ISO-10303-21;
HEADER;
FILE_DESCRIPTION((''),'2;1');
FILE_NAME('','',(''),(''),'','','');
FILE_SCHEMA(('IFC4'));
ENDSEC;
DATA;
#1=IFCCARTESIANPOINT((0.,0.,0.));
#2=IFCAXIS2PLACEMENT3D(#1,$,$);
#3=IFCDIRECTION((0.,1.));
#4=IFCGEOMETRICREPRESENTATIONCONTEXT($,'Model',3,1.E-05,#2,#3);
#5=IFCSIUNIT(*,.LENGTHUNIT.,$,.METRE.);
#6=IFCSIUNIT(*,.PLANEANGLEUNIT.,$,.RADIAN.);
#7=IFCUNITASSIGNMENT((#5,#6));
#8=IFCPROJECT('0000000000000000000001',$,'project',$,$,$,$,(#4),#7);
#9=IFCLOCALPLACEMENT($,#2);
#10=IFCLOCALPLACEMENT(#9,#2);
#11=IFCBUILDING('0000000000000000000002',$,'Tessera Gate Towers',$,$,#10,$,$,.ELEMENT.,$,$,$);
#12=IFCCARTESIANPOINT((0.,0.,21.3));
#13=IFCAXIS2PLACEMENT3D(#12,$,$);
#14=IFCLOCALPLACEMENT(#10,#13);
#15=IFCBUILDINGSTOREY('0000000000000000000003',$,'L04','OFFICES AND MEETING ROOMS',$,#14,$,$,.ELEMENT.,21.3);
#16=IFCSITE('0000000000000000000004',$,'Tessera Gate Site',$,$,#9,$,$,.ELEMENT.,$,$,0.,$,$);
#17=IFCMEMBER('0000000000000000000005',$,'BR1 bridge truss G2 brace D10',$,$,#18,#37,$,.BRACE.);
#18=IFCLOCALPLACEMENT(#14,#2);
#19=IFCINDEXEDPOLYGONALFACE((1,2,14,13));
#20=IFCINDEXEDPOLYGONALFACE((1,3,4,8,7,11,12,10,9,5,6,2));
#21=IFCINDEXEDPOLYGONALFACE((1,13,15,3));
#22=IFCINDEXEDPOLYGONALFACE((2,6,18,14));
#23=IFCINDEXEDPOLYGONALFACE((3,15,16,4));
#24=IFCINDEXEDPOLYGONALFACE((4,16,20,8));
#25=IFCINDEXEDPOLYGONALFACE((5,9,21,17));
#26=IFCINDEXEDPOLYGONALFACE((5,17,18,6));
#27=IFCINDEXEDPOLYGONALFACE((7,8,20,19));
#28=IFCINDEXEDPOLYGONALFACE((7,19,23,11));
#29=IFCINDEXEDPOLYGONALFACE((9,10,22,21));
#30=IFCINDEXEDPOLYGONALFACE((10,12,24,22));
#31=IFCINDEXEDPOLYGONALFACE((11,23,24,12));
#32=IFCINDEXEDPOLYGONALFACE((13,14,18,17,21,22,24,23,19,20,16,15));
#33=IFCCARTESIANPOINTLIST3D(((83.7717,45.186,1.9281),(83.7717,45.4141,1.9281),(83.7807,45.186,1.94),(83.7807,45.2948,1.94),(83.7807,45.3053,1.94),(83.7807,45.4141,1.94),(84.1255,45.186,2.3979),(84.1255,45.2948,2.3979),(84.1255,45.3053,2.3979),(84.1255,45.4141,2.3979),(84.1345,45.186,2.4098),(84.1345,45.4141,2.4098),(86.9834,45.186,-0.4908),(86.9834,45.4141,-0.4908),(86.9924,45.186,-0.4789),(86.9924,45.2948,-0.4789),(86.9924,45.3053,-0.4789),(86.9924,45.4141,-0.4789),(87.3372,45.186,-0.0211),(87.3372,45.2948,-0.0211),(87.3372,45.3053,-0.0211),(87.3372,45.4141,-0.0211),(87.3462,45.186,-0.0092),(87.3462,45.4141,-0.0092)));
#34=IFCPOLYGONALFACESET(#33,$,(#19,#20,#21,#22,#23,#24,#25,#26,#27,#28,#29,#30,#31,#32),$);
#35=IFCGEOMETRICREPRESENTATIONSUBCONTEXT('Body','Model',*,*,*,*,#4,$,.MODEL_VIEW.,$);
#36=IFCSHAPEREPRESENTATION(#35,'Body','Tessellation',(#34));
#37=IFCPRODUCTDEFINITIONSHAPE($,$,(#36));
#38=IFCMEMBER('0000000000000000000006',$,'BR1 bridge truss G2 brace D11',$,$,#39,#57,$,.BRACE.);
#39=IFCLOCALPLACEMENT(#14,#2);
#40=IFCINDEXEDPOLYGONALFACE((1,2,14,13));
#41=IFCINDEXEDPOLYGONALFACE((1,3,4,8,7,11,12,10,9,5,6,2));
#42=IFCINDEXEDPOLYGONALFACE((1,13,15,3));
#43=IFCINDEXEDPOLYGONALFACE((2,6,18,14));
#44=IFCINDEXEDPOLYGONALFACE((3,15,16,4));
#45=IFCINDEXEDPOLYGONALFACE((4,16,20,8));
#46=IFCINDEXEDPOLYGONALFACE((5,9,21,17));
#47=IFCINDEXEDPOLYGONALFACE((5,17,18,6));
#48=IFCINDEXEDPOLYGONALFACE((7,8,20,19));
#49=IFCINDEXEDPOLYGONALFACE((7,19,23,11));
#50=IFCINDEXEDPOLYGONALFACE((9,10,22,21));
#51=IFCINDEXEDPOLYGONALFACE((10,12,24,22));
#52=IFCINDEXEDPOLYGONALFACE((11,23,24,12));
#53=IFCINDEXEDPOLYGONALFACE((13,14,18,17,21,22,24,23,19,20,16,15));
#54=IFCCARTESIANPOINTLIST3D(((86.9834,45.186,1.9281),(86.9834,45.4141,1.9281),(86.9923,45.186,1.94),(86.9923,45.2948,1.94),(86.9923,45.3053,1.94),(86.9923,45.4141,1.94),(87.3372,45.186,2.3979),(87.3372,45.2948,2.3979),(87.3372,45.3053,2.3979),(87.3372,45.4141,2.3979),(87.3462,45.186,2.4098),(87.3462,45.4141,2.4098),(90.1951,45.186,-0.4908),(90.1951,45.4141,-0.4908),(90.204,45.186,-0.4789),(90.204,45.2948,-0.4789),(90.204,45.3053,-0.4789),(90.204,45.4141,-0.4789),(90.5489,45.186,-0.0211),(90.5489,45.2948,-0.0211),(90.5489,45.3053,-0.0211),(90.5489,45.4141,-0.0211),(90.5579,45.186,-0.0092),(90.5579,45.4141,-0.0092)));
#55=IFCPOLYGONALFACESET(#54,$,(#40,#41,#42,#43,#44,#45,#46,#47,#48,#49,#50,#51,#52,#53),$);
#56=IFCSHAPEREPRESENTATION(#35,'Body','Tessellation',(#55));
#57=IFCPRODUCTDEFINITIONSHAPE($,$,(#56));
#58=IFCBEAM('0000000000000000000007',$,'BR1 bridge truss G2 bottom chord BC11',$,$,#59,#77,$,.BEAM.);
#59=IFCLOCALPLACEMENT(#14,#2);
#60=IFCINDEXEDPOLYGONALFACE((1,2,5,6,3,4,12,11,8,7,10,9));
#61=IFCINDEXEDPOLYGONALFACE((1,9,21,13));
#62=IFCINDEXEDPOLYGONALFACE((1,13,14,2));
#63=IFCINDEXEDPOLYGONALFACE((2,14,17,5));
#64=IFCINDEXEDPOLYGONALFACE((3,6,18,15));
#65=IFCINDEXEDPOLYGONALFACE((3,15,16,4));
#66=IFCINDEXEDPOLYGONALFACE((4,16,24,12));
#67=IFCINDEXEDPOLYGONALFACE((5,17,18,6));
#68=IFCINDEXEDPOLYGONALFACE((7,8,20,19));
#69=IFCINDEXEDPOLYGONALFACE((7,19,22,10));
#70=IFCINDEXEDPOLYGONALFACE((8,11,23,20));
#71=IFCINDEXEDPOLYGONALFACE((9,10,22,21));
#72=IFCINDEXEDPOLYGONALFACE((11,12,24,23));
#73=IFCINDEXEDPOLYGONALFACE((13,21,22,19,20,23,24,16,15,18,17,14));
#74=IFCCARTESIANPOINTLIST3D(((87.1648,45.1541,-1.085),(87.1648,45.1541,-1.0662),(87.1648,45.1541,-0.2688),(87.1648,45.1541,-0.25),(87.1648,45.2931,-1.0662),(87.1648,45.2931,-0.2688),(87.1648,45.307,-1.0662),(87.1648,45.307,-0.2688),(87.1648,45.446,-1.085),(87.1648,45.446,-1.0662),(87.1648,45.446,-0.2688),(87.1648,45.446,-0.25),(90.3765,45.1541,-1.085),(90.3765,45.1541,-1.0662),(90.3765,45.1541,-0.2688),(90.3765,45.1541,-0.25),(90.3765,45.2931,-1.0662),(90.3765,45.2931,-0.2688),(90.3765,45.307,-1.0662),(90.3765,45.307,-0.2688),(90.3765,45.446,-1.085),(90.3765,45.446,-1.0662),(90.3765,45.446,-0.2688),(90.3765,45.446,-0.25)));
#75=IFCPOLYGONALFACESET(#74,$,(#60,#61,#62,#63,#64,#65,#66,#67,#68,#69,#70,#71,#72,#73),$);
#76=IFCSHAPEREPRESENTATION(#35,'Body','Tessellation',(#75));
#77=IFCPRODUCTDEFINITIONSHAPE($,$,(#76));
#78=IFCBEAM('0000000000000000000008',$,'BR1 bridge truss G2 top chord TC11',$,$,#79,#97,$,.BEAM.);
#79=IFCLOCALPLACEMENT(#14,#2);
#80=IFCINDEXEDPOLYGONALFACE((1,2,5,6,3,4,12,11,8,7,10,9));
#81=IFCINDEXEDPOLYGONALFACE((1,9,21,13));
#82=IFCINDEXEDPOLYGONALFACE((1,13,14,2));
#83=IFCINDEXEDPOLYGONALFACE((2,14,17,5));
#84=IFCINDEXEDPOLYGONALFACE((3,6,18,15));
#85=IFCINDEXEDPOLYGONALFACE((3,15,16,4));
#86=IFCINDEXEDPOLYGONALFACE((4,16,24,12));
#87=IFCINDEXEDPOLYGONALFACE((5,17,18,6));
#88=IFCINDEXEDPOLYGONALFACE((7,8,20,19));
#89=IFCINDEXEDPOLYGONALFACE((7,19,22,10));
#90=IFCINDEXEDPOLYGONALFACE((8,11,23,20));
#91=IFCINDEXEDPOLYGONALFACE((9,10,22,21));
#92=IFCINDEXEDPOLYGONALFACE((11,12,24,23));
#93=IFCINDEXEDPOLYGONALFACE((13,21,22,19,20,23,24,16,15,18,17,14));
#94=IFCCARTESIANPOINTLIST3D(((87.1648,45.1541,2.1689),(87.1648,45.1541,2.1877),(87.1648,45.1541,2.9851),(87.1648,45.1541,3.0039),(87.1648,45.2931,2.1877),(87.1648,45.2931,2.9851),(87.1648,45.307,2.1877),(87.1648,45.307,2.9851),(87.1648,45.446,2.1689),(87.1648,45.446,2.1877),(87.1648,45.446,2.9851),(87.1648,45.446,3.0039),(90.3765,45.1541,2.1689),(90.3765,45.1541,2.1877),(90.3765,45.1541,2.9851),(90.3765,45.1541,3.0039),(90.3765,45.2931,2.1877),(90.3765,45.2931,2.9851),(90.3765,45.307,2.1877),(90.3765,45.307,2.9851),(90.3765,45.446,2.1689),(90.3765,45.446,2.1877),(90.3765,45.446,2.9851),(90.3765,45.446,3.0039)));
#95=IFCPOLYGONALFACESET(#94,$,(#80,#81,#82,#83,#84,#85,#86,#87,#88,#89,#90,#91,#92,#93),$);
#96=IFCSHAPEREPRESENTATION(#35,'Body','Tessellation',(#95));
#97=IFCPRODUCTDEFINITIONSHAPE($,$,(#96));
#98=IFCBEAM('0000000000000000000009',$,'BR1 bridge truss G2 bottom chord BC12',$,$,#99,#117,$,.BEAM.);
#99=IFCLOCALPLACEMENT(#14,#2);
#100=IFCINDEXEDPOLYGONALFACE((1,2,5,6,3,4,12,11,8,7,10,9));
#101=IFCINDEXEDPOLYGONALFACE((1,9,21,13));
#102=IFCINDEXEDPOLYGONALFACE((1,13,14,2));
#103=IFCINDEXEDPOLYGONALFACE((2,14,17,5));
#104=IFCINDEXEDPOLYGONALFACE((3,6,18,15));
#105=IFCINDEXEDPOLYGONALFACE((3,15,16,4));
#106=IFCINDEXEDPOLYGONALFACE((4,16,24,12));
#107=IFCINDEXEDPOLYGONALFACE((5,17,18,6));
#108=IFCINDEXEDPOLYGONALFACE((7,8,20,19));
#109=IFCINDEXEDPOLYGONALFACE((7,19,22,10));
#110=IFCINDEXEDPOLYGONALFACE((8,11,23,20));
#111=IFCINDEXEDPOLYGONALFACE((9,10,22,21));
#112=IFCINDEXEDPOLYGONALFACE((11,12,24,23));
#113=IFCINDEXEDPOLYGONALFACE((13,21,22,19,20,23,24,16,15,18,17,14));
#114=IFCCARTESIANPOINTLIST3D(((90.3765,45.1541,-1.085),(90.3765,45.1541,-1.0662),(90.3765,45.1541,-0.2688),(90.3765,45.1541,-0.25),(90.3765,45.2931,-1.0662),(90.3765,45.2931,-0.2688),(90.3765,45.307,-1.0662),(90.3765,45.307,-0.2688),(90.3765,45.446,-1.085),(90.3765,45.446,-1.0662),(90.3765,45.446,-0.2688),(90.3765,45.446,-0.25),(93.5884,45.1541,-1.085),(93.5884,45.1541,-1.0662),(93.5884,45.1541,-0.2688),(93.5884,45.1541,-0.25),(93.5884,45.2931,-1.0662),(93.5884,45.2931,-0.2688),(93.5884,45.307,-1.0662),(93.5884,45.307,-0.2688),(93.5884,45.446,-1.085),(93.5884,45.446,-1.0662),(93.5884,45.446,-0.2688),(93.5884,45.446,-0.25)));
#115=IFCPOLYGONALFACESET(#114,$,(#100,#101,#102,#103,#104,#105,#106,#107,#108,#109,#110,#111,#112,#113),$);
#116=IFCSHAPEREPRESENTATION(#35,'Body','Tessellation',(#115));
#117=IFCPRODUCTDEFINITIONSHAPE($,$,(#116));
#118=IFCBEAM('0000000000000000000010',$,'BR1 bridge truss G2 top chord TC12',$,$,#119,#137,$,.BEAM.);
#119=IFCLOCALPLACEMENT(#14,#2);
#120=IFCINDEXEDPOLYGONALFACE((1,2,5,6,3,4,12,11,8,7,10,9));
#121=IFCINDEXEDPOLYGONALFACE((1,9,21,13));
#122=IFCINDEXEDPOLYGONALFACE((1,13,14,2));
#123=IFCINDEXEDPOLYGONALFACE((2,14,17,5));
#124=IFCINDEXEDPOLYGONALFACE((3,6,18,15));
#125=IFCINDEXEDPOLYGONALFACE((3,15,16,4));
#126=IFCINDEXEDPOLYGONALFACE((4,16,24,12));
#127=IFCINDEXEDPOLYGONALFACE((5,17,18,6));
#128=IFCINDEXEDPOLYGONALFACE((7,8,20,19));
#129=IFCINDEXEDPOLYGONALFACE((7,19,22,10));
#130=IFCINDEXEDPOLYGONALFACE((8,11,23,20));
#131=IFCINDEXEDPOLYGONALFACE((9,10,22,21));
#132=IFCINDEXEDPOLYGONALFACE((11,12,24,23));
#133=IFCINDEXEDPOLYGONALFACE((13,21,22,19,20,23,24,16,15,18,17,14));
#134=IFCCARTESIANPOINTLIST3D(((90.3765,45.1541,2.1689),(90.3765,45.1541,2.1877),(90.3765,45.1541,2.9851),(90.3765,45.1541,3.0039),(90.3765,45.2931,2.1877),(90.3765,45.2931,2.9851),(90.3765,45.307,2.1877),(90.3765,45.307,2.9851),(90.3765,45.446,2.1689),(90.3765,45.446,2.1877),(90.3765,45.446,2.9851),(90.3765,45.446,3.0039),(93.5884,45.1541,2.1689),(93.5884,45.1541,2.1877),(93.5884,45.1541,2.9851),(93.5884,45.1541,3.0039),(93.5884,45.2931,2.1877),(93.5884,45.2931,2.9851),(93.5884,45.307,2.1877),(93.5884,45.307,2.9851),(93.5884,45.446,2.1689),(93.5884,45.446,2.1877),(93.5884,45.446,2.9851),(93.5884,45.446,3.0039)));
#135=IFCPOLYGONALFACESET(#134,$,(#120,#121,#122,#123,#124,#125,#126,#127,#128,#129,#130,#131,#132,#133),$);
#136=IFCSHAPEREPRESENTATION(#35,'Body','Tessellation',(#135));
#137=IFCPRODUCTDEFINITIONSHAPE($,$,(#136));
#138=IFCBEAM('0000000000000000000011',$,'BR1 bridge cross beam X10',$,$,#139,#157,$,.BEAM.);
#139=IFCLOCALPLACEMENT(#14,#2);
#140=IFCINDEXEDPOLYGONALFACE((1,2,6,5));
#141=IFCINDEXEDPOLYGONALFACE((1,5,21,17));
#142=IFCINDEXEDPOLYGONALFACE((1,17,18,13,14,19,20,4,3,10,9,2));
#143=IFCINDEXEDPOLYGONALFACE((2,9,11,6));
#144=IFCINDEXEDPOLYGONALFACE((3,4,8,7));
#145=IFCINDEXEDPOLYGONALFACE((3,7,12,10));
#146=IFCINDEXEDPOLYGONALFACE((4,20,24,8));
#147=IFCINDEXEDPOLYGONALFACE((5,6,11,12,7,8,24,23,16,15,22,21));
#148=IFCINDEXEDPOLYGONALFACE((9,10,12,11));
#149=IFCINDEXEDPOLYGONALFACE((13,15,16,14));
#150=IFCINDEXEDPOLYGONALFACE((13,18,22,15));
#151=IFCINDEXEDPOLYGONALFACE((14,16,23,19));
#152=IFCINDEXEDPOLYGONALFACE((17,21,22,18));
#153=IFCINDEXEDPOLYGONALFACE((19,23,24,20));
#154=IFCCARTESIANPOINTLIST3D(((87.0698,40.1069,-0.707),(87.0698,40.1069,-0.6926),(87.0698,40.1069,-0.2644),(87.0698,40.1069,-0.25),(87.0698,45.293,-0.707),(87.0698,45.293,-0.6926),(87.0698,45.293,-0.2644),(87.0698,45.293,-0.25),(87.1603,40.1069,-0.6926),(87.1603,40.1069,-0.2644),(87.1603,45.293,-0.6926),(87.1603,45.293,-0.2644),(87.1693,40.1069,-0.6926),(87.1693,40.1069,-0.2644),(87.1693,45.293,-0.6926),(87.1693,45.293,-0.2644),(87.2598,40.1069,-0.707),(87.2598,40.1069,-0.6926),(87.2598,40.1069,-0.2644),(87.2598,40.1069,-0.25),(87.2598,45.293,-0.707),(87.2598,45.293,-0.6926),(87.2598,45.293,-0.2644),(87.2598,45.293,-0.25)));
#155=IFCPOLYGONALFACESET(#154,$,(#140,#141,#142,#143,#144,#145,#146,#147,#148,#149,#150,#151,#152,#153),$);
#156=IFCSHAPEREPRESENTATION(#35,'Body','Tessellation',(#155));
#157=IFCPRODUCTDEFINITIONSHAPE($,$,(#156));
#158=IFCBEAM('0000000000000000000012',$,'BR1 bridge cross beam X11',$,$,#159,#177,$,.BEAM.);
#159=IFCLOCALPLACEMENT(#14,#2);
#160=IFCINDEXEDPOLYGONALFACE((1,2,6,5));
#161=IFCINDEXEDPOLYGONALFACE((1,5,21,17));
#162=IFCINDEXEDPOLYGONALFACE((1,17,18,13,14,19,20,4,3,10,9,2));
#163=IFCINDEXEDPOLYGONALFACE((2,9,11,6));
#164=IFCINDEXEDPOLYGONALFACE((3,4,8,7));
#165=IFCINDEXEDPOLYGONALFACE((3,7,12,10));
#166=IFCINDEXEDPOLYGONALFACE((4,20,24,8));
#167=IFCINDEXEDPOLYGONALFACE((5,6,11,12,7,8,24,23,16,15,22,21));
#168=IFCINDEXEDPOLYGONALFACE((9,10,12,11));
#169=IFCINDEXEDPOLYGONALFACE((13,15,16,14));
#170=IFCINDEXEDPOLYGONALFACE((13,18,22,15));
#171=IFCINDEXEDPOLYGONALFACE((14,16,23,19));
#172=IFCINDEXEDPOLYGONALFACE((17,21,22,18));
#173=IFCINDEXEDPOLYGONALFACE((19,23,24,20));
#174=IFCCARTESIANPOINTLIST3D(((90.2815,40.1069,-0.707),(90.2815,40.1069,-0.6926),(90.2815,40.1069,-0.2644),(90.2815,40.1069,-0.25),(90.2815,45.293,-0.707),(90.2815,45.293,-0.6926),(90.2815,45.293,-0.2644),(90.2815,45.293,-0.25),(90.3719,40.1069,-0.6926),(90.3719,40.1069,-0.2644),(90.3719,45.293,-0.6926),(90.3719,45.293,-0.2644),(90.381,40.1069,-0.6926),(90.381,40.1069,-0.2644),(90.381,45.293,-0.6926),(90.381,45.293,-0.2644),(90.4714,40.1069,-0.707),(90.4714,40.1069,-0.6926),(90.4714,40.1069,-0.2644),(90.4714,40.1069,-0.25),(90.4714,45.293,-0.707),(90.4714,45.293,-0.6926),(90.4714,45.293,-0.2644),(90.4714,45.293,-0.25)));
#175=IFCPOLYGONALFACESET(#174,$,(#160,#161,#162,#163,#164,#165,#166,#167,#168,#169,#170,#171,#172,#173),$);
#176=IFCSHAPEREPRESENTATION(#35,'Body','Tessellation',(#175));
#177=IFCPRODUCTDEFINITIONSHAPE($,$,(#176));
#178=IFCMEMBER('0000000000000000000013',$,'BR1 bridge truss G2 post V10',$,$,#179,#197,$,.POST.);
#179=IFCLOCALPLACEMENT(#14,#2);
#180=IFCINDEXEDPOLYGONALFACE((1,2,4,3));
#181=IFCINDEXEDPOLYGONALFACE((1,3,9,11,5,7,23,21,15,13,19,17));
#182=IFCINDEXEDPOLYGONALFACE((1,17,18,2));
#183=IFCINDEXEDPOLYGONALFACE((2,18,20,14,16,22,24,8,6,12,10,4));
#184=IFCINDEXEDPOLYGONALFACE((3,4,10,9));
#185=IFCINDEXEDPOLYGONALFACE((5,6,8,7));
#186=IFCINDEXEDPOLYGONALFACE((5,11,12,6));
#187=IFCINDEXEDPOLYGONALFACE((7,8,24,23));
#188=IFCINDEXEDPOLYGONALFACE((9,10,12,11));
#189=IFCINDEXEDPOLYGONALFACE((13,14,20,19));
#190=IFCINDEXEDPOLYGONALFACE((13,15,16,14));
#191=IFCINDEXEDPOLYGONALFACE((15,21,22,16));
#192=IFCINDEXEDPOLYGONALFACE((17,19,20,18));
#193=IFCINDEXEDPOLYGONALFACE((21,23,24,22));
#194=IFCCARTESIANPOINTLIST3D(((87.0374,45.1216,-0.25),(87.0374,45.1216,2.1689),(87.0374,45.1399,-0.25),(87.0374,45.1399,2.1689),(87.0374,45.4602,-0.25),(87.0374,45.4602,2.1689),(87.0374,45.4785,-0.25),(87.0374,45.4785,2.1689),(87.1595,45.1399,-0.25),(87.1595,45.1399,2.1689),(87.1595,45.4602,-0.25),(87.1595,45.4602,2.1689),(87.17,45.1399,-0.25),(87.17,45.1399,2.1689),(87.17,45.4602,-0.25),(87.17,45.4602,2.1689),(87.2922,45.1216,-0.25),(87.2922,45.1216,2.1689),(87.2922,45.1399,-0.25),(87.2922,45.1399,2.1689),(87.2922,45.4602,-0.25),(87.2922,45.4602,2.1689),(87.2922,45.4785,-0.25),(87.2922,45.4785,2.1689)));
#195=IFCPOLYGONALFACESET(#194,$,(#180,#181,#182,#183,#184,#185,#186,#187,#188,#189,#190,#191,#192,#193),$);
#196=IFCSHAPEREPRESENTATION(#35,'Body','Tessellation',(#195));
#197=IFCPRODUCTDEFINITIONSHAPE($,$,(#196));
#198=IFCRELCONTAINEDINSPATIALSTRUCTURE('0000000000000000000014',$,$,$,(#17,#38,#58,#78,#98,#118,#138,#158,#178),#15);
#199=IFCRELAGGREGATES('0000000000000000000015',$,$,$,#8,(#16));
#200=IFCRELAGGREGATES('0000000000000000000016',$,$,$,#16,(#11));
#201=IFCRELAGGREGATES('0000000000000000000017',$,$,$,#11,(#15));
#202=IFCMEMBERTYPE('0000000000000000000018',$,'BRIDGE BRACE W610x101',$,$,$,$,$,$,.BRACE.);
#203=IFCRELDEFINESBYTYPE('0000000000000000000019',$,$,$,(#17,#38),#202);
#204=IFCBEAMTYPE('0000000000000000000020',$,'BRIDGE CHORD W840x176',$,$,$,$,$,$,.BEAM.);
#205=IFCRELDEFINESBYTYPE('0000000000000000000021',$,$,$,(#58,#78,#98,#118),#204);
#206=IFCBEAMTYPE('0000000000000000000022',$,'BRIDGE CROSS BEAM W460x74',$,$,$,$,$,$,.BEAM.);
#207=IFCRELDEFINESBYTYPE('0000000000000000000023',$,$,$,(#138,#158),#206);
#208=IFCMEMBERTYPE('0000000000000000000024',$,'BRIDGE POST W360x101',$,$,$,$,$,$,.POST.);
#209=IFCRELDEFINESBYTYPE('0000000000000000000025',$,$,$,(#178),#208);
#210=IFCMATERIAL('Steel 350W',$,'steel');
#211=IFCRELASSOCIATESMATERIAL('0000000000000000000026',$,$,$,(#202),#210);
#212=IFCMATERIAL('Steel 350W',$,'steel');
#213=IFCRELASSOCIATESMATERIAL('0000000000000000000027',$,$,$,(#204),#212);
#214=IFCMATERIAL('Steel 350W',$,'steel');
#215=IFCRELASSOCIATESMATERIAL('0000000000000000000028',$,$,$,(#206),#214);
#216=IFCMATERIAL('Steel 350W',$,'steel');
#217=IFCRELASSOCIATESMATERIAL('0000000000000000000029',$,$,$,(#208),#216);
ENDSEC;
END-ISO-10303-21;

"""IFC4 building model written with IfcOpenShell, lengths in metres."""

from ifc_helpers import new_model, si_unit, direction, frame, origin, origin_2d, place, context, subcontext, project, spatial, i_section, extrude, material, material_profile, profile_set, type_object, element, save


model = new_model("IFC4")

# Units and contexts
model_context = context("Model", 3, precision=1e-05, world=origin(), true_north=direction((0.0, 1.0)))
body_context = subcontext(model_context, "Body", "Model", "MODEL_VIEW")
ifc_project = project(units=[si_unit("LENGTHUNIT", "METRE"), si_unit("PLANEANGLEUNIT", "RADIAN")], contexts=[model_context])

# Site, building, storey
site_placement = place(None, origin())
site = spatial("IfcSite", under=ifc_project, at=site_placement, Name="Tessera Gate Site", CompositionType="ELEMENT", RefElevation=0.0)
building_placement = place(site_placement, origin())
building = spatial("IfcBuilding", under=site, at=building_placement, Name="Tessera Gate Towers", CompositionType="ELEMENT")
storey_placement = place(building_placement, frame((0.0, 0.0, 21.3)))
storey = spatial("IfcBuildingStorey", under=building, at=storey_placement, Name="L04", Description="OFFICES AND MEETING ROOMS", CompositionType="ELEMENT", Elevation=21.3)

# Members
ifc_material_1 = material(Name="Steel 350W", Category="steel")
ifc_material_profile_1 = material_profile(ifc_material_1, i_section(OverallWidth=0.228, OverallDepth=0.603, WebThickness=0.0105, FlangeThickness=0.0149, at=origin_2d()), Name="W610x101")
ifc_profile_set_1 = profile_set([ifc_material_profile_1], Name="Steel 350W")
member_type_1 = type_object("IfcMemberType", Name="BRIDGE BRACE W610x101", PredefinedType="BRACE", material=ifc_profile_set_1)
for number, where, z_axis, x_axis, name in (
    (1, (87.1648, 45.3, -0.25), (-0.798782, 0.0, 0.601621), (0.0, -1.0, 0.0), "BR1 bridge truss G2 brace D10"),
    (2, (90.3765, 45.3, -0.25), (-0.798782, 0.0, 0.601621), (0.0, -1.0, 0.0), "BR1 bridge truss G2 brace D11"),
):
    element("IfcMember", number, at=place(storey_placement, frame(where, z_axis=z_axis, x_axis=x_axis)), inside=storey, type_object=member_type_1, Name=name, PredefinedType="BRACE", context=body_context, shape_type="SweptSolid", body=[
        extrude(i_section(OverallWidth=0.228, OverallDepth=0.603, WebThickness=0.0105, FlangeThickness=0.0149, at=origin_2d()), origin(), (0.0, 0.0, 1.0), 4.0208),
    ])

# Beams
ifc_material_2 = material(Name="Steel 350W", Category="steel")
ifc_material_profile_2 = material_profile(ifc_material_2, i_section(OverallWidth=0.292, OverallDepth=0.835, WebThickness=0.0139, FlangeThickness=0.0188, at=origin_2d()), Name="W840x176")
ifc_profile_set_2 = profile_set([ifc_material_profile_2], Name="Steel 350W")
beam_type_1 = type_object("IfcBeamType", Name="BRIDGE CHORD W840x176", PredefinedType="BEAM", material=ifc_profile_set_2)
for number, where, z_axis, x_axis, name in (
    (3, (87.1648, 45.3, -0.6675), (1.0, 0.0, 0.0), (0.0, 1.0, 0.0), "BR1 bridge truss G2 bottom chord BC11"),
    (4, (87.1648, 45.3, 2.5864), (1.0, 0.0, 0.0), (0.0, 1.0, 0.0), "BR1 bridge truss G2 top chord TC11"),
):
    element("IfcBeam", number, at=place(storey_placement, frame(where, z_axis=z_axis, x_axis=x_axis)), inside=storey, type_object=beam_type_1, Name=name, PredefinedType="BEAM", context=body_context, shape_type="SweptSolid", body=[
        extrude(i_section(OverallWidth=0.292, OverallDepth=0.835, WebThickness=0.0139, FlangeThickness=0.0188, at=origin_2d()), origin(), (0.0, 0.0, 1.0), 3.2117),
    ])
for number, where, z_axis, x_axis, name in (
    (5, (90.3765, 45.3, -0.6675), (1.0, 0.0, 0.0), (0.0, 1.0, 0.0), "BR1 bridge truss G2 bottom chord BC12"),
    (6, (90.3765, 45.3, 2.5864), (1.0, 0.0, 0.0), (0.0, 1.0, 0.0), "BR1 bridge truss G2 top chord TC12"),
):
    element("IfcBeam", number, at=place(storey_placement, frame(where, z_axis=z_axis, x_axis=x_axis)), inside=storey, type_object=beam_type_1, Name=name, PredefinedType="BEAM", context=body_context, shape_type="SweptSolid", body=[
        extrude(i_section(OverallWidth=0.292, OverallDepth=0.835, WebThickness=0.0139, FlangeThickness=0.0188, at=origin_2d()), origin(), (0.0, 0.0, 1.0), 3.2119),
    ])
ifc_material_3 = material(Name="Steel 350W", Category="steel")
ifc_material_profile_3 = material_profile(ifc_material_3, i_section(OverallWidth=0.1899, OverallDepth=0.457, WebThickness=0.009, FlangeThickness=0.0144, at=origin_2d()), Name="W460x74")
ifc_profile_set_3 = profile_set([ifc_material_profile_3], Name="Steel 350W")
beam_type_2 = type_object("IfcBeamType", Name="BRIDGE CROSS BEAM W460x74", PredefinedType="BEAM", material=ifc_profile_set_3)
for number, where, z_axis, x_axis, name in (
    (7, (87.1648, 40.1069, -0.4785), (0.0, 1.0, 0.0), (-1.0, 0.0, 0.0), "BR1 bridge cross beam X10"),
    (8, (90.3765, 40.1069, -0.4785), (0.0, 1.0, 0.0), (-1.0, 0.0, 0.0), "BR1 bridge cross beam X11"),
):
    element("IfcBeam", number, at=place(storey_placement, frame(where, z_axis=z_axis, x_axis=x_axis)), inside=storey, type_object=beam_type_2, Name=name, PredefinedType="BEAM", context=body_context, shape_type="SweptSolid", body=[
        extrude(i_section(OverallWidth=0.1899, OverallDepth=0.457, WebThickness=0.009, FlangeThickness=0.0144, at=origin_2d()), origin(), (0.0, 0.0, 1.0), 5.186),
    ])

# Member
ifc_material_4 = material(Name="Steel 350W", Category="steel")
ifc_material_profile_4 = material_profile(ifc_material_4, i_section(OverallWidth=0.2549, OverallDepth=0.3569, WebThickness=0.0105, FlangeThickness=0.0183, at=origin_2d()), Name="W360x101")
ifc_profile_set_4 = profile_set([ifc_material_profile_4], Name="Steel 350W")
member_type_2 = type_object("IfcMemberType", Name="BRIDGE POST W360x101", PredefinedType="POST", material=ifc_profile_set_4)
for number, where, z_axis, x_axis, name in (
    (9, (87.1648, 45.3, -0.25), (0.0, 0.0, 1.0), (1.0, 0.0, 0.0), "BR1 bridge truss G2 post V10"),
):
    element("IfcMember", number, at=place(storey_placement, frame(where, z_axis=z_axis, x_axis=x_axis)), inside=storey, type_object=member_type_2, Name=name, PredefinedType="POST", context=body_context, shape_type="SweptSolid", body=[
        extrude(i_section(OverallWidth=0.2549, OverallDepth=0.3569, WebThickness=0.0105, FlangeThickness=0.0183, at=origin_2d()), origin(), (0.0, 0.0, 1.0), 2.4189),
    ])

save(model, "model.ifc")
